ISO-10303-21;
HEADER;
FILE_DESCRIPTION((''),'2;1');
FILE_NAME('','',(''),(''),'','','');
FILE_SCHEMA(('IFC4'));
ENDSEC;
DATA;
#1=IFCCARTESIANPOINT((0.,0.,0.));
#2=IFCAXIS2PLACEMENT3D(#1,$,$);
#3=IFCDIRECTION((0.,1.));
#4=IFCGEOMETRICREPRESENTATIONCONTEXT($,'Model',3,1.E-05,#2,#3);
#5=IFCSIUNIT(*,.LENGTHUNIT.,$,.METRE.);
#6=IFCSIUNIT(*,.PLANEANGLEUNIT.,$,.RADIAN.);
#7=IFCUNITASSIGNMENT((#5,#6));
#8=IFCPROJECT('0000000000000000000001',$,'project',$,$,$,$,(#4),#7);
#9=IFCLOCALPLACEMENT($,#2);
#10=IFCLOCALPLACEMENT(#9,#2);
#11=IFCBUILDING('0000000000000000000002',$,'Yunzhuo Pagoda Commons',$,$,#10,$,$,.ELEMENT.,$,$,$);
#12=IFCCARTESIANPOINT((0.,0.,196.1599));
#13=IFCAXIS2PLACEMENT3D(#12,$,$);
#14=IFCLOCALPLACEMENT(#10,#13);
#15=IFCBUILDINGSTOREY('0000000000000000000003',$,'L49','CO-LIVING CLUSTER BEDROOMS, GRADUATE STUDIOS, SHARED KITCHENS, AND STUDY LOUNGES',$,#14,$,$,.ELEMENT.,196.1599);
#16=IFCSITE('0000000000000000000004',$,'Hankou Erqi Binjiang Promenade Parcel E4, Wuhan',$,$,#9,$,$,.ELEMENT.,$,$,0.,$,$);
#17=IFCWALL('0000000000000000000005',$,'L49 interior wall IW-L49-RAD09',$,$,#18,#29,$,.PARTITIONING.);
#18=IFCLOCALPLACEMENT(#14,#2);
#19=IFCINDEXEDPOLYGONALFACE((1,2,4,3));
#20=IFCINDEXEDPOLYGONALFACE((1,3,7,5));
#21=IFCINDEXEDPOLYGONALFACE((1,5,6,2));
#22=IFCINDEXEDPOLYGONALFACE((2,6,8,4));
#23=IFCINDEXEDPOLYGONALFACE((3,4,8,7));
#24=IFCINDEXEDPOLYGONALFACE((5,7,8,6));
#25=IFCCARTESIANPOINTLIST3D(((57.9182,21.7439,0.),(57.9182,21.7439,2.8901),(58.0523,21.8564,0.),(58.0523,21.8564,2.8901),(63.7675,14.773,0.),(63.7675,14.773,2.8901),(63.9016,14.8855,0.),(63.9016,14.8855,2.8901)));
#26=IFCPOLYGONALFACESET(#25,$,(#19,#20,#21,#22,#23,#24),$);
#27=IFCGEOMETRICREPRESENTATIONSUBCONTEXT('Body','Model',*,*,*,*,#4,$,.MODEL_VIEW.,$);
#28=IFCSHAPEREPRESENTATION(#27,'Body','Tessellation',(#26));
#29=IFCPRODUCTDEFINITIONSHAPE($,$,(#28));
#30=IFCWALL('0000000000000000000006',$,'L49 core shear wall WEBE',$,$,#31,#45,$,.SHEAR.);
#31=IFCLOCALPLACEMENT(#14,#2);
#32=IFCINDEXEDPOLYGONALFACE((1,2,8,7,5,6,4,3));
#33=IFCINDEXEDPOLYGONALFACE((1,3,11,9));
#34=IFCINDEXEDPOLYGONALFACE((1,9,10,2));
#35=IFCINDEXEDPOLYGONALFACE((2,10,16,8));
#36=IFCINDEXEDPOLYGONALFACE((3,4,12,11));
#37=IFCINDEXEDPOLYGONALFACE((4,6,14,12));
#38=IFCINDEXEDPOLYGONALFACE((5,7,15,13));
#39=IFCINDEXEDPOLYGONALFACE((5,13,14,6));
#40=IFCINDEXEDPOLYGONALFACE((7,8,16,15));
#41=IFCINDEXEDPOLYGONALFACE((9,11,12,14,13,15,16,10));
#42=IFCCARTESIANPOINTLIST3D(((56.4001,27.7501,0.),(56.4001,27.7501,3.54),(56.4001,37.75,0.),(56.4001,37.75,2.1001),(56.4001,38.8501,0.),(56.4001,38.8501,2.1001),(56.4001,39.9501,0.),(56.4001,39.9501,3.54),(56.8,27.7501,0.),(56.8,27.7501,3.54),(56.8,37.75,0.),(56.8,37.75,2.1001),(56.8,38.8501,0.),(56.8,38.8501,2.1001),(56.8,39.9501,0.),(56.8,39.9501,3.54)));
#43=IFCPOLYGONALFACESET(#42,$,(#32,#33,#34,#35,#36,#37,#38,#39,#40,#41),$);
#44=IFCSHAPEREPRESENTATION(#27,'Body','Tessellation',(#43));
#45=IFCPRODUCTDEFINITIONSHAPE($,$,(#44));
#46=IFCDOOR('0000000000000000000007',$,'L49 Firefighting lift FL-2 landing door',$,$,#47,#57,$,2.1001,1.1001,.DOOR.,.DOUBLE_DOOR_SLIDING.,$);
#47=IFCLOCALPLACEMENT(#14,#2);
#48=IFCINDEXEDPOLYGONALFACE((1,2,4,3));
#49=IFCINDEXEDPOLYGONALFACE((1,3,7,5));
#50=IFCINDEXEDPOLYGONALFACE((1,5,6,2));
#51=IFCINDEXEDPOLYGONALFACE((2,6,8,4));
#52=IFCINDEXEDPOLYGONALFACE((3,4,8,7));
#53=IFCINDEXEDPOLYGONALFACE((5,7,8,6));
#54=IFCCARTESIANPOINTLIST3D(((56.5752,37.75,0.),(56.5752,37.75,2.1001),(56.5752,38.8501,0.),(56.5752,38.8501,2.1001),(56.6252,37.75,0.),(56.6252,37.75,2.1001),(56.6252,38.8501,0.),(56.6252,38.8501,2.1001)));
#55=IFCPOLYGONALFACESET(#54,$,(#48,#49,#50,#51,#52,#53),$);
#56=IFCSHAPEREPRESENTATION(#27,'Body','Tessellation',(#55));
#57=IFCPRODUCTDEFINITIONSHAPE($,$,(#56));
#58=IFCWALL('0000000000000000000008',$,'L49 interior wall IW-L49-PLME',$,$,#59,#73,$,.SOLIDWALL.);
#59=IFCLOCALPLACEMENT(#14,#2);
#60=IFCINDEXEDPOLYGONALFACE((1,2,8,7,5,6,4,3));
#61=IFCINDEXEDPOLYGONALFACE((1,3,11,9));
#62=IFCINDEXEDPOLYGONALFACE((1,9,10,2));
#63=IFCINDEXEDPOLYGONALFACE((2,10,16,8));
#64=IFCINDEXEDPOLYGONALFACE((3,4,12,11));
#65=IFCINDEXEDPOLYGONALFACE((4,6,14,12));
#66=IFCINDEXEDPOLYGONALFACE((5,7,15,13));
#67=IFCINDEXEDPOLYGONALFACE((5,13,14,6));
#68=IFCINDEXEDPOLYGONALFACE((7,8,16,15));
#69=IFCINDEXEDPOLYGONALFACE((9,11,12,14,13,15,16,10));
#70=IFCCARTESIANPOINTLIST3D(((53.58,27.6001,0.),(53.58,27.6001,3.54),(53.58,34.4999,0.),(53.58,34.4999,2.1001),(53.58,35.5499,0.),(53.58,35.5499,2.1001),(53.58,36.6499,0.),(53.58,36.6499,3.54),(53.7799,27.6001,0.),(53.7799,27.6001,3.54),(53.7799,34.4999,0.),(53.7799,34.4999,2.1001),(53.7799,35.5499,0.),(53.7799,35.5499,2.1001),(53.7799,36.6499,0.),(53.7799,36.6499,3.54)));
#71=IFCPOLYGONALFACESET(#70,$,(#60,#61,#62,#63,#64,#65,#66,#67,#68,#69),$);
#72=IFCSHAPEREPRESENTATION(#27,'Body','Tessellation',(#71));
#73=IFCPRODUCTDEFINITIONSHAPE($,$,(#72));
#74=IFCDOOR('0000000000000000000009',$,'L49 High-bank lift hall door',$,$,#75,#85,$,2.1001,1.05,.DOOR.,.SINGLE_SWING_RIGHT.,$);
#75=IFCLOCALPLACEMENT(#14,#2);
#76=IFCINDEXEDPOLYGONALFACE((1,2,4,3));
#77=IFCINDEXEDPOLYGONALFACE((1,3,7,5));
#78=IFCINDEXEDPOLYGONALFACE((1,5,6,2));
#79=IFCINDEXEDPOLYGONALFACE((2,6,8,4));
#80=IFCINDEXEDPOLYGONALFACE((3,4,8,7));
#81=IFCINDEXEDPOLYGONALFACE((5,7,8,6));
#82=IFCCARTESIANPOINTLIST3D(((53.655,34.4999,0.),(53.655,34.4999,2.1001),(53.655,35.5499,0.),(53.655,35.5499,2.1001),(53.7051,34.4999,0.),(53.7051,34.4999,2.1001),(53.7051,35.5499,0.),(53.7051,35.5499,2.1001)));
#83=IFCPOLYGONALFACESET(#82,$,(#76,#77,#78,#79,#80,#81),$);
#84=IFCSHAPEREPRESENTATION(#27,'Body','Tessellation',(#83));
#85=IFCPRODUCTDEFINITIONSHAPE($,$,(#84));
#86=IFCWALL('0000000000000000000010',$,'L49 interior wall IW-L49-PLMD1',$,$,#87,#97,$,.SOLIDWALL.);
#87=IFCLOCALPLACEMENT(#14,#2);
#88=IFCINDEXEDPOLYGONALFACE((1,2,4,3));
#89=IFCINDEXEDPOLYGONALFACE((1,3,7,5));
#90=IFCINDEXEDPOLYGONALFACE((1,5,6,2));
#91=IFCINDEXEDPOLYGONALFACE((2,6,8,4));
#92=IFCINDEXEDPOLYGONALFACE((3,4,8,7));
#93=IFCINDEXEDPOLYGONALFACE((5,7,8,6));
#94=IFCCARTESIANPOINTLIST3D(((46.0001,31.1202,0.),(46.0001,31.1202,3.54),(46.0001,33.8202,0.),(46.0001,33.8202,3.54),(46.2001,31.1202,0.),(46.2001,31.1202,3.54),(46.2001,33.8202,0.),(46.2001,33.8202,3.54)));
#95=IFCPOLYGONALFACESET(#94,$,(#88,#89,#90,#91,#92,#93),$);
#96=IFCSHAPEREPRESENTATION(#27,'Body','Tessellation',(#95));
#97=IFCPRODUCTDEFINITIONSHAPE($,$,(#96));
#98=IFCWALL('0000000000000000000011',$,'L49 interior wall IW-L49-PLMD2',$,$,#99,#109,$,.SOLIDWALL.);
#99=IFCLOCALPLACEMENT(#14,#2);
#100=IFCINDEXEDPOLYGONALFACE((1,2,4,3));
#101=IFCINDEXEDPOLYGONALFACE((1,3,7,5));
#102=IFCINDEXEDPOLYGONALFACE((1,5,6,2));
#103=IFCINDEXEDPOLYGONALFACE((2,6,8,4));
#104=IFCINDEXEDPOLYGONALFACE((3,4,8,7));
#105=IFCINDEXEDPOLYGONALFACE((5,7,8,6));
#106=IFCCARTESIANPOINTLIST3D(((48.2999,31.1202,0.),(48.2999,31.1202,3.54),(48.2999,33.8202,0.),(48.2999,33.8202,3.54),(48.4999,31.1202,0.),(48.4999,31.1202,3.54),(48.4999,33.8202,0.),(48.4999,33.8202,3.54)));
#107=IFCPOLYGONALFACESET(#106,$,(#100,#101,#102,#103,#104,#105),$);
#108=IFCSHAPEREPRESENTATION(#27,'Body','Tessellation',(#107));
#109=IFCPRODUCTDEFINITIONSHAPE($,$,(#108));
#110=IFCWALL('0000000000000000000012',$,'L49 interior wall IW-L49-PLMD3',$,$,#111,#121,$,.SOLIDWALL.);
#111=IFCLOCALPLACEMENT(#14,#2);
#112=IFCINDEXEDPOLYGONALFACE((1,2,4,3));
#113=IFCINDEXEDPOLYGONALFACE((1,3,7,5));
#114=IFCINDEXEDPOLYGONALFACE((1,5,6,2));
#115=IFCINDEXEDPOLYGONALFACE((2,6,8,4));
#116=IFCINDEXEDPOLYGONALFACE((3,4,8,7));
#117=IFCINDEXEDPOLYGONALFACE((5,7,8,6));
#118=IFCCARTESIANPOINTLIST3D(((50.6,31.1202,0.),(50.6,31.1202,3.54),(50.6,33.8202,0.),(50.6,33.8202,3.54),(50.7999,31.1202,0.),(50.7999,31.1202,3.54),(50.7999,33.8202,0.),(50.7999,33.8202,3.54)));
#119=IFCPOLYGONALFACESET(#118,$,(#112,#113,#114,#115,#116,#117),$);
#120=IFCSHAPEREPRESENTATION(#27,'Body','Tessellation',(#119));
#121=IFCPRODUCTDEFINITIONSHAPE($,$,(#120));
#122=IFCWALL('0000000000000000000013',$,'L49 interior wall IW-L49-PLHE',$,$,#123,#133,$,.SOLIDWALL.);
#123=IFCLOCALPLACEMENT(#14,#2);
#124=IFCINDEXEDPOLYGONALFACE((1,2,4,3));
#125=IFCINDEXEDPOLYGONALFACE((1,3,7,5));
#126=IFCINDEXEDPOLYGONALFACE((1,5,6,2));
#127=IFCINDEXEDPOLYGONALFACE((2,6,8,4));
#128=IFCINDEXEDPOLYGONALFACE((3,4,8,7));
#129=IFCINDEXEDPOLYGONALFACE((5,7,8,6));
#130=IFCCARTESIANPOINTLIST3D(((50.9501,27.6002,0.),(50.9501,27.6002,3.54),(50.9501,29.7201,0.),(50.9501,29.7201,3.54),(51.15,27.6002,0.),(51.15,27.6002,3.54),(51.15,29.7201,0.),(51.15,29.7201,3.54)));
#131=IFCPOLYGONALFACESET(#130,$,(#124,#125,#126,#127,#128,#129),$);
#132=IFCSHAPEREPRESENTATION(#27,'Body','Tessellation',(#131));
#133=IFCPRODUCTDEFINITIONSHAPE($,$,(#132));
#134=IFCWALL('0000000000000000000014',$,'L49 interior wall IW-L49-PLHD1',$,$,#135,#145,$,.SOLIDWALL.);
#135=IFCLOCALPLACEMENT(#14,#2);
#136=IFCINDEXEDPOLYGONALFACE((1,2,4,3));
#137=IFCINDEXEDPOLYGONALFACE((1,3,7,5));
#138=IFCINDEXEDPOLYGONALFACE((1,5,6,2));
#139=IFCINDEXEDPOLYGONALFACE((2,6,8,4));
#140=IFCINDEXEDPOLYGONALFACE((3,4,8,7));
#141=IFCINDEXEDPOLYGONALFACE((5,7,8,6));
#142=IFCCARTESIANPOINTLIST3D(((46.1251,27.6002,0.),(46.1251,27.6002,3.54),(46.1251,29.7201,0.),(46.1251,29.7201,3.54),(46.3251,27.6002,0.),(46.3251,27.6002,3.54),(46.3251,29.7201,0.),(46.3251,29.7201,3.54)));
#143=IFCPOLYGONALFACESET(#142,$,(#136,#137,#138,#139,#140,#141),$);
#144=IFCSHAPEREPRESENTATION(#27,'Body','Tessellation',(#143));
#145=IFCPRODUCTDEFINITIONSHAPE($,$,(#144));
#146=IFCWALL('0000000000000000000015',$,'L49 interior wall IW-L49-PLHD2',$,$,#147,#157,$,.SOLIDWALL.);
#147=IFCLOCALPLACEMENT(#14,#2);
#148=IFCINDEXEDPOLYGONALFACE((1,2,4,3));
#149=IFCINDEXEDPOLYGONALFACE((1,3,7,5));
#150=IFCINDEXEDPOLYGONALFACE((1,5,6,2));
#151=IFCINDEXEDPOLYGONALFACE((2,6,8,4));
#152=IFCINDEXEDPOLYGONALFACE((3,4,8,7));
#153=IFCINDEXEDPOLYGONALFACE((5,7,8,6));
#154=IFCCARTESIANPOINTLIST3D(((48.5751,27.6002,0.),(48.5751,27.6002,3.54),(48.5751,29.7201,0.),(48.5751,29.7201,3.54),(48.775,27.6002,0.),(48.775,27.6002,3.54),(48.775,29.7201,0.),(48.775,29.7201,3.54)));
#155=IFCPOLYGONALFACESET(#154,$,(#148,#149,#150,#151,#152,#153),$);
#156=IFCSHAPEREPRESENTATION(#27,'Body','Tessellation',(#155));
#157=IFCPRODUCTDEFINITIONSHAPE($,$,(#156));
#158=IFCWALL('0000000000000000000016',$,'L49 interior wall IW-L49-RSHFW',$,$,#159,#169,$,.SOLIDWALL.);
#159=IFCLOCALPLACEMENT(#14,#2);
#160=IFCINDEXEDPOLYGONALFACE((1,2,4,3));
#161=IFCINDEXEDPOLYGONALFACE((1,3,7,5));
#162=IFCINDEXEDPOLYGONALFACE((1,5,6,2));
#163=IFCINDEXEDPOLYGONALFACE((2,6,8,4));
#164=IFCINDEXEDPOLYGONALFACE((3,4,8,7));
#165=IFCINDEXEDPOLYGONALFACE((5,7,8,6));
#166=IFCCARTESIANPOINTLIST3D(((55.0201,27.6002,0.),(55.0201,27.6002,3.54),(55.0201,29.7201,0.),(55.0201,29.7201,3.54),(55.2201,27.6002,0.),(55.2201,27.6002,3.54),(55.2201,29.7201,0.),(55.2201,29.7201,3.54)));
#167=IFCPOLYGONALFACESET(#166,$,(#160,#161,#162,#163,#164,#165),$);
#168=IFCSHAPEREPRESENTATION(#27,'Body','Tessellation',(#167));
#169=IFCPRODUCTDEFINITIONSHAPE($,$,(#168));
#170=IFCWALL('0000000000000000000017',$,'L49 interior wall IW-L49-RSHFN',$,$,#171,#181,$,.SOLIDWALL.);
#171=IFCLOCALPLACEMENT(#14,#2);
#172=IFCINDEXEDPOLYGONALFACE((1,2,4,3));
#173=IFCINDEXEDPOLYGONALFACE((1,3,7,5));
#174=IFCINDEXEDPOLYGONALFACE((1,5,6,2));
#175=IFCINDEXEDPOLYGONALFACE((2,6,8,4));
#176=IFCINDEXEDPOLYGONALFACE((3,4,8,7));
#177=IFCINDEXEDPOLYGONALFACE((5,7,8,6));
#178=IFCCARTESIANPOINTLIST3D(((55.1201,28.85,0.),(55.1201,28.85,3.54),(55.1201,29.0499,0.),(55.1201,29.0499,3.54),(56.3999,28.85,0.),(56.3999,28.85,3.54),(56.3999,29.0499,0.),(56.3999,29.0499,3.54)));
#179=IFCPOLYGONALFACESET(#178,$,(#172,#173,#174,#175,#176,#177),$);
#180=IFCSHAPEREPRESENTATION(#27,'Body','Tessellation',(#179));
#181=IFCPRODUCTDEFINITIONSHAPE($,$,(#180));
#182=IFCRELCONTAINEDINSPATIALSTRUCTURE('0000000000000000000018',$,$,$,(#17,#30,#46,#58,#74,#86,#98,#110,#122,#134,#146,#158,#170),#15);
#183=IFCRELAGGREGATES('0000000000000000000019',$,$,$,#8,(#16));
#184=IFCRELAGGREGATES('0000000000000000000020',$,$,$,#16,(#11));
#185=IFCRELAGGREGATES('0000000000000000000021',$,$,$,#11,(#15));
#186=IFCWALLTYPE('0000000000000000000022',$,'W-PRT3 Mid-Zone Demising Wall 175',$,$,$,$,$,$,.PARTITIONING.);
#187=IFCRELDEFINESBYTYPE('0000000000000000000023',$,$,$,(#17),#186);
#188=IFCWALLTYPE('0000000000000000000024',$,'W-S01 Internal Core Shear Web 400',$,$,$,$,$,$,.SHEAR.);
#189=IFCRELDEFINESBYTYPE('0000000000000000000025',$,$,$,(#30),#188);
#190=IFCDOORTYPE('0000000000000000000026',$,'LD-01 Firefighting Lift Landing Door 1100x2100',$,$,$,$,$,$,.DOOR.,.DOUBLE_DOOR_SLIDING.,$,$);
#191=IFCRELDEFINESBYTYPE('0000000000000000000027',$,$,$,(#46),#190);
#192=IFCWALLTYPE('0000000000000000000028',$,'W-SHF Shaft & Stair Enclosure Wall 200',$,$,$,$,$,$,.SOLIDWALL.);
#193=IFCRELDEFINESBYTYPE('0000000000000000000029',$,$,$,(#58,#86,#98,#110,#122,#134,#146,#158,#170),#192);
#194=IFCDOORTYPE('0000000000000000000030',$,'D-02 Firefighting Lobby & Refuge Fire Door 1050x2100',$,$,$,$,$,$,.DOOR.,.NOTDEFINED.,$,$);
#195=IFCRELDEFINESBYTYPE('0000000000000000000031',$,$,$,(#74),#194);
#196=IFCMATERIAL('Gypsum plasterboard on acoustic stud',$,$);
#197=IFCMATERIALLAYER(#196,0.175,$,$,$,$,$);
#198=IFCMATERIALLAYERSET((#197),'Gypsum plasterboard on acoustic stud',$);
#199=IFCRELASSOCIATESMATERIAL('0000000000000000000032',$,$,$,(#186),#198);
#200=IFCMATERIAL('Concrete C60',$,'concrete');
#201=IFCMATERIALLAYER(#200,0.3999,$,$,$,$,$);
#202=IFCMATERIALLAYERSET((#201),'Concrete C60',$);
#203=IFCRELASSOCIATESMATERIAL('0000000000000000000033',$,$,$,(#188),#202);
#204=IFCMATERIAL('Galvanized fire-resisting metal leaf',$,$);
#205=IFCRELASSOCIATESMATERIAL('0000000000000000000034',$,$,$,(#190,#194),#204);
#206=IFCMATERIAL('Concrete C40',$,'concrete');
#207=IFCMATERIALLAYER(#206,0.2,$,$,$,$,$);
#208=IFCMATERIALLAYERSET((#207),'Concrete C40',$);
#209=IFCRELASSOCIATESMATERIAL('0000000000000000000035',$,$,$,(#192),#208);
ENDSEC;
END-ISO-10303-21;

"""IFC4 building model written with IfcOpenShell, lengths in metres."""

from ifc_helpers import new_model, si_unit, direction, frame, frame_2d, origin, origin_with_axes, place, context, subcontext, project, spatial, rectangle, extrude, source, transform, mapped, material, layer, layer_set, type_object, element, fill, save


model = new_model("IFC4")

# Units and contexts
model_context = context("Model", 3, precision=1e-05, world=origin(), true_north=direction((0.0, 1.0)))
body_context = subcontext(model_context, "Body", "Model", "MODEL_VIEW")
ifc_project = project(units=[si_unit("LENGTHUNIT", "METRE"), si_unit("PLANEANGLEUNIT", "RADIAN")], contexts=[model_context])

# Site, building, storey
site_placement = place(None, origin())
site = spatial("IfcSite", under=ifc_project, at=site_placement, Name="Hankou Erqi Binjiang Promenade Parcel E4, Wuhan", CompositionType="ELEMENT", RefElevation=0.0)
building_placement = place(site_placement, origin())
building = spatial("IfcBuilding", under=site, at=building_placement, Name="Yunzhuo Pagoda Commons", CompositionType="ELEMENT")
storey_placement = place(building_placement, frame((0.0, 0.0, 196.1599)))
storey = spatial("IfcBuildingStorey", under=building, at=storey_placement, Name="L49", Description="CO-LIVING CLUSTER BEDROOMS, GRADUATE STUDIOS, SHARED KITCHENS, AND STUDY LOUNGES", CompositionType="ELEMENT", Elevation=196.1599)

# Shared definitions
ifc_material_1 = material(Name="Gypsum plasterboard on acoustic stud")
ifc_material_2 = material(Name="Galvanized fire-resisting metal leaf")

# Wall
ifc_layer_1 = layer(ifc_material_1, 0.175)
ifc_layer_set_1 = layer_set([ifc_layer_1], Name="Gypsum plasterboard on acoustic stud")
wall_type_1 = type_object("IfcWallType", Name="W-PRT3 Mid-Zone Demising Wall 175", PredefinedType="PARTITIONING", material=ifc_layer_set_1)
wall_1_placement = place(storey_placement, frame((57.9854, 21.8, 0.0), z_axis=(0.0, 0.0, 1.0), x_axis=(0.642791, -0.766042, 0.0)))
element("IfcWall", 1, at=wall_1_placement, inside=storey, type_object=wall_type_1, Name="L49 interior wall IW-L49-RAD09", PredefinedType="PARTITIONING", context=body_context, shape_type="SweptSolid", body=[
    extrude(rectangle(XDim=9.0999, YDim=0.175, at=frame_2d((4.5498, 0.0))), origin(), (0.0, 0.0, 1.0), 2.8901),
])

# Walls, openings, doors
ifc_material_3 = material(Name="Concrete C60", Category="concrete")
ifc_layer_2 = layer(ifc_material_3, 0.3999)
ifc_layer_set_2 = layer_set([ifc_layer_2], Name="Concrete C60")
wall_type_2 = type_object("IfcWallType", Name="W-S01 Internal Core Shear Web 400", PredefinedType="SHEAR", material=ifc_layer_set_2)
wall_2_placement = place(storey_placement, frame((56.6001, 27.75, 0.0), z_axis=(0.0, 0.0, 1.0), x_axis=(0.0, 1.0, 0.0)))
wall_2 = element("IfcWall", 2, at=wall_2_placement, inside=storey, type_object=wall_type_2, Name="L49 core shear wall WEBE", PredefinedType="SHEAR", context=body_context, shape_type="SweptSolid", body=[
    extrude(rectangle(XDim=12.2, YDim=0.3999, at=frame_2d((6.1001, 0.0))), origin(), (0.0, 0.0, 1.0), 3.54),
])
opening_1_placement = place(wall_2_placement, frame((10.0, 0.0, 0.0)))
opening_1 = element("IfcOpeningElement", 3, at=opening_1_placement, cuts=wall_2, PredefinedType="OPENING", context=body_context, shape_type="SweptSolid", body=[
    extrude(rectangle(XDim=1.1001, YDim=2.1001, at=frame_2d((0.55, 1.05))), frame((0.0, 0.21, 0.0), z_axis=(0.0, -1.0, 0.0), x_axis=(1.0, 0.0, 0.0)), (0.0, 0.0, 1.0), 0.4199),
])
door_type_1 = type_object("IfcDoorType", Name="LD-01 Firefighting Lift Landing Door 1100x2100", OperationType="DOUBLE_DOOR_SLIDING", PredefinedType="DOOR", material=ifc_material_2)
shared_shape_1 = source(origin(), body_context, "Body", "SweptSolid", [
    extrude(rectangle(XDim=1.1001, YDim=2.1001, at=frame_2d((0.55, 1.05))), frame((0.0, 0.0249, 0.0), z_axis=(0.0, -1.0, 0.0), x_axis=(1.0, 0.0, 0.0)), (0.0, 0.0, 1.0), 0.05),
])
door_1_placement = place(opening_1_placement, origin_with_axes())
door_1 = element("IfcDoor", 4, at=door_1_placement, inside=storey, type_object=door_type_1, Name="L49 Firefighting lift FL-2 landing door", OperationType="DOUBLE_DOOR_SLIDING", OverallHeight=2.1001, OverallWidth=1.1001, PredefinedType="DOOR", context=body_context, shape_type="MappedRepresentation", body=[
    mapped(shared_shape_1, transform((0.0, 0.0, 0.0), scale=1.0)),
])
fill(opening_1, door_1)
ifc_material_4 = material(Name="Concrete C40", Category="concrete")
ifc_layer_3 = layer(ifc_material_4, 0.2)
ifc_layer_set_3 = layer_set([ifc_layer_3], Name="Concrete C40")
wall_type_3 = type_object("IfcWallType", Name="W-SHF Shaft & Stair Enclosure Wall 200", PredefinedType="SOLIDWALL", material=ifc_layer_set_3)
wall_3_placement = place(storey_placement, frame((53.6799, 27.6001, 0.0), z_axis=(0.0, 0.0, 1.0), x_axis=(0.0, 1.0, 0.0)))
wall_3 = element("IfcWall", 5, at=wall_3_placement, inside=storey, type_object=wall_type_3, Name="L49 interior wall IW-L49-PLME", PredefinedType="SOLIDWALL", context=body_context, shape_type="SweptSolid", body=[
    extrude(rectangle(XDim=9.0498, YDim=0.2, at=frame_2d((4.5249, 0.0))), origin(), (0.0, 0.0, 1.0), 3.54),
])
opening_2_placement = place(wall_3_placement, frame((6.8999, 0.0, 0.0)))
opening_2 = element("IfcOpeningElement", 6, at=opening_2_placement, cuts=wall_3, PredefinedType="OPENING", context=body_context, shape_type="SweptSolid", body=[
    extrude(rectangle(XDim=1.05, YDim=2.1001, at=frame_2d((0.5249, 1.05))), frame((0.0, 0.1099, 0.0), z_axis=(0.0, -1.0, 0.0), x_axis=(1.0, 0.0, 0.0)), (0.0, 0.0, 1.0), 0.22),
])
door_type_2 = type_object("IfcDoorType", Name="D-02 Firefighting Lobby & Refuge Fire Door 1050x2100", OperationType="NOTDEFINED", PredefinedType="DOOR", material=ifc_material_2)
shared_shape_2 = source(origin(), body_context, "Body", "SweptSolid", [
    extrude(rectangle(XDim=1.05, YDim=2.1001, at=frame_2d((0.5249, 1.05))), frame((0.0, 0.0249, 0.0), z_axis=(0.0, -1.0, 0.0), x_axis=(1.0, 0.0, 0.0)), (0.0, 0.0, 1.0), 0.05),
])
door_2_placement = place(opening_2_placement, origin_with_axes())
door_2 = element("IfcDoor", 7, at=door_2_placement, inside=storey, type_object=door_type_2, Name="L49 High-bank lift hall door", OperationType="SINGLE_SWING_RIGHT", OverallHeight=2.1001, OverallWidth=1.05, PredefinedType="DOOR", context=body_context, shape_type="MappedRepresentation", body=[
    mapped(shared_shape_2, transform((0.0, 0.0, 0.0), scale=1.0)),
])
fill(opening_2, door_2)

# Walls
for number, where, z_axis, x_axis, name in (
    (8, (46.1001, 31.1201, 0.0), (0.0, 0.0, 1.0), (0.0, 1.0, 0.0), "L49 interior wall IW-L49-PLMD1"),
    (9, (48.3999, 31.1201, 0.0), (0.0, 0.0, 1.0), (0.0, 1.0, 0.0), "L49 interior wall IW-L49-PLMD2"),
    (10, (50.7, 31.1201, 0.0), (0.0, 0.0, 1.0), (0.0, 1.0, 0.0), "L49 interior wall IW-L49-PLMD3"),
):
    element("IfcWall", number, at=place(storey_placement, frame(where, z_axis=z_axis, x_axis=x_axis)), inside=storey, type_object=wall_type_3, Name=name, PredefinedType="SOLIDWALL", context=body_context, shape_type="SweptSolid", body=[
        extrude(rectangle(XDim=2.7, YDim=0.2, at=frame_2d((1.3501, 0.0))), origin(), (0.0, 0.0, 1.0), 3.54),
    ])
for number, where, z_axis, x_axis, name in (
    (11, (51.05, 27.6001, 0.0), (0.0, 0.0, 1.0), (0.0, 1.0, 0.0), "L49 interior wall IW-L49-PLHE"),
    (12, (46.2251, 27.6001, 0.0), (0.0, 0.0, 1.0), (0.0, 1.0, 0.0), "L49 interior wall IW-L49-PLHD1"),
    (13, (48.675, 27.6001, 0.0), (0.0, 0.0, 1.0), (0.0, 1.0, 0.0), "L49 interior wall IW-L49-PLHD2"),
    (14, (55.1201, 27.6001, 0.0), (0.0, 0.0, 1.0), (0.0, 1.0, 0.0), "L49 interior wall IW-L49-RSHFW"),
):
    element("IfcWall", number, at=place(storey_placement, frame(where, z_axis=z_axis, x_axis=x_axis)), inside=storey, type_object=wall_type_3, Name=name, PredefinedType="SOLIDWALL", context=body_context, shape_type="SweptSolid", body=[
        extrude(rectangle(XDim=2.1199, YDim=0.2, at=frame_2d((1.0601, 0.0))), origin(), (0.0, 0.0, 1.0), 3.54),
    ])
wall_4_placement = place(storey_placement, frame((55.1201, 28.95, 0.0), z_axis=(0.0, 0.0, 1.0), x_axis=(1.0, 0.0, 0.0)))
element("IfcWall", 15, at=wall_4_placement, inside=storey, type_object=wall_type_3, Name="L49 interior wall IW-L49-RSHFN", PredefinedType="SOLIDWALL", context=body_context, shape_type="SweptSolid", body=[
    extrude(rectangle(XDim=1.2798, YDim=0.2, at=frame_2d((0.6399, 0.0))), origin(), (0.0, 0.0, 1.0), 3.54),
])

save(model, "model.ifc")
